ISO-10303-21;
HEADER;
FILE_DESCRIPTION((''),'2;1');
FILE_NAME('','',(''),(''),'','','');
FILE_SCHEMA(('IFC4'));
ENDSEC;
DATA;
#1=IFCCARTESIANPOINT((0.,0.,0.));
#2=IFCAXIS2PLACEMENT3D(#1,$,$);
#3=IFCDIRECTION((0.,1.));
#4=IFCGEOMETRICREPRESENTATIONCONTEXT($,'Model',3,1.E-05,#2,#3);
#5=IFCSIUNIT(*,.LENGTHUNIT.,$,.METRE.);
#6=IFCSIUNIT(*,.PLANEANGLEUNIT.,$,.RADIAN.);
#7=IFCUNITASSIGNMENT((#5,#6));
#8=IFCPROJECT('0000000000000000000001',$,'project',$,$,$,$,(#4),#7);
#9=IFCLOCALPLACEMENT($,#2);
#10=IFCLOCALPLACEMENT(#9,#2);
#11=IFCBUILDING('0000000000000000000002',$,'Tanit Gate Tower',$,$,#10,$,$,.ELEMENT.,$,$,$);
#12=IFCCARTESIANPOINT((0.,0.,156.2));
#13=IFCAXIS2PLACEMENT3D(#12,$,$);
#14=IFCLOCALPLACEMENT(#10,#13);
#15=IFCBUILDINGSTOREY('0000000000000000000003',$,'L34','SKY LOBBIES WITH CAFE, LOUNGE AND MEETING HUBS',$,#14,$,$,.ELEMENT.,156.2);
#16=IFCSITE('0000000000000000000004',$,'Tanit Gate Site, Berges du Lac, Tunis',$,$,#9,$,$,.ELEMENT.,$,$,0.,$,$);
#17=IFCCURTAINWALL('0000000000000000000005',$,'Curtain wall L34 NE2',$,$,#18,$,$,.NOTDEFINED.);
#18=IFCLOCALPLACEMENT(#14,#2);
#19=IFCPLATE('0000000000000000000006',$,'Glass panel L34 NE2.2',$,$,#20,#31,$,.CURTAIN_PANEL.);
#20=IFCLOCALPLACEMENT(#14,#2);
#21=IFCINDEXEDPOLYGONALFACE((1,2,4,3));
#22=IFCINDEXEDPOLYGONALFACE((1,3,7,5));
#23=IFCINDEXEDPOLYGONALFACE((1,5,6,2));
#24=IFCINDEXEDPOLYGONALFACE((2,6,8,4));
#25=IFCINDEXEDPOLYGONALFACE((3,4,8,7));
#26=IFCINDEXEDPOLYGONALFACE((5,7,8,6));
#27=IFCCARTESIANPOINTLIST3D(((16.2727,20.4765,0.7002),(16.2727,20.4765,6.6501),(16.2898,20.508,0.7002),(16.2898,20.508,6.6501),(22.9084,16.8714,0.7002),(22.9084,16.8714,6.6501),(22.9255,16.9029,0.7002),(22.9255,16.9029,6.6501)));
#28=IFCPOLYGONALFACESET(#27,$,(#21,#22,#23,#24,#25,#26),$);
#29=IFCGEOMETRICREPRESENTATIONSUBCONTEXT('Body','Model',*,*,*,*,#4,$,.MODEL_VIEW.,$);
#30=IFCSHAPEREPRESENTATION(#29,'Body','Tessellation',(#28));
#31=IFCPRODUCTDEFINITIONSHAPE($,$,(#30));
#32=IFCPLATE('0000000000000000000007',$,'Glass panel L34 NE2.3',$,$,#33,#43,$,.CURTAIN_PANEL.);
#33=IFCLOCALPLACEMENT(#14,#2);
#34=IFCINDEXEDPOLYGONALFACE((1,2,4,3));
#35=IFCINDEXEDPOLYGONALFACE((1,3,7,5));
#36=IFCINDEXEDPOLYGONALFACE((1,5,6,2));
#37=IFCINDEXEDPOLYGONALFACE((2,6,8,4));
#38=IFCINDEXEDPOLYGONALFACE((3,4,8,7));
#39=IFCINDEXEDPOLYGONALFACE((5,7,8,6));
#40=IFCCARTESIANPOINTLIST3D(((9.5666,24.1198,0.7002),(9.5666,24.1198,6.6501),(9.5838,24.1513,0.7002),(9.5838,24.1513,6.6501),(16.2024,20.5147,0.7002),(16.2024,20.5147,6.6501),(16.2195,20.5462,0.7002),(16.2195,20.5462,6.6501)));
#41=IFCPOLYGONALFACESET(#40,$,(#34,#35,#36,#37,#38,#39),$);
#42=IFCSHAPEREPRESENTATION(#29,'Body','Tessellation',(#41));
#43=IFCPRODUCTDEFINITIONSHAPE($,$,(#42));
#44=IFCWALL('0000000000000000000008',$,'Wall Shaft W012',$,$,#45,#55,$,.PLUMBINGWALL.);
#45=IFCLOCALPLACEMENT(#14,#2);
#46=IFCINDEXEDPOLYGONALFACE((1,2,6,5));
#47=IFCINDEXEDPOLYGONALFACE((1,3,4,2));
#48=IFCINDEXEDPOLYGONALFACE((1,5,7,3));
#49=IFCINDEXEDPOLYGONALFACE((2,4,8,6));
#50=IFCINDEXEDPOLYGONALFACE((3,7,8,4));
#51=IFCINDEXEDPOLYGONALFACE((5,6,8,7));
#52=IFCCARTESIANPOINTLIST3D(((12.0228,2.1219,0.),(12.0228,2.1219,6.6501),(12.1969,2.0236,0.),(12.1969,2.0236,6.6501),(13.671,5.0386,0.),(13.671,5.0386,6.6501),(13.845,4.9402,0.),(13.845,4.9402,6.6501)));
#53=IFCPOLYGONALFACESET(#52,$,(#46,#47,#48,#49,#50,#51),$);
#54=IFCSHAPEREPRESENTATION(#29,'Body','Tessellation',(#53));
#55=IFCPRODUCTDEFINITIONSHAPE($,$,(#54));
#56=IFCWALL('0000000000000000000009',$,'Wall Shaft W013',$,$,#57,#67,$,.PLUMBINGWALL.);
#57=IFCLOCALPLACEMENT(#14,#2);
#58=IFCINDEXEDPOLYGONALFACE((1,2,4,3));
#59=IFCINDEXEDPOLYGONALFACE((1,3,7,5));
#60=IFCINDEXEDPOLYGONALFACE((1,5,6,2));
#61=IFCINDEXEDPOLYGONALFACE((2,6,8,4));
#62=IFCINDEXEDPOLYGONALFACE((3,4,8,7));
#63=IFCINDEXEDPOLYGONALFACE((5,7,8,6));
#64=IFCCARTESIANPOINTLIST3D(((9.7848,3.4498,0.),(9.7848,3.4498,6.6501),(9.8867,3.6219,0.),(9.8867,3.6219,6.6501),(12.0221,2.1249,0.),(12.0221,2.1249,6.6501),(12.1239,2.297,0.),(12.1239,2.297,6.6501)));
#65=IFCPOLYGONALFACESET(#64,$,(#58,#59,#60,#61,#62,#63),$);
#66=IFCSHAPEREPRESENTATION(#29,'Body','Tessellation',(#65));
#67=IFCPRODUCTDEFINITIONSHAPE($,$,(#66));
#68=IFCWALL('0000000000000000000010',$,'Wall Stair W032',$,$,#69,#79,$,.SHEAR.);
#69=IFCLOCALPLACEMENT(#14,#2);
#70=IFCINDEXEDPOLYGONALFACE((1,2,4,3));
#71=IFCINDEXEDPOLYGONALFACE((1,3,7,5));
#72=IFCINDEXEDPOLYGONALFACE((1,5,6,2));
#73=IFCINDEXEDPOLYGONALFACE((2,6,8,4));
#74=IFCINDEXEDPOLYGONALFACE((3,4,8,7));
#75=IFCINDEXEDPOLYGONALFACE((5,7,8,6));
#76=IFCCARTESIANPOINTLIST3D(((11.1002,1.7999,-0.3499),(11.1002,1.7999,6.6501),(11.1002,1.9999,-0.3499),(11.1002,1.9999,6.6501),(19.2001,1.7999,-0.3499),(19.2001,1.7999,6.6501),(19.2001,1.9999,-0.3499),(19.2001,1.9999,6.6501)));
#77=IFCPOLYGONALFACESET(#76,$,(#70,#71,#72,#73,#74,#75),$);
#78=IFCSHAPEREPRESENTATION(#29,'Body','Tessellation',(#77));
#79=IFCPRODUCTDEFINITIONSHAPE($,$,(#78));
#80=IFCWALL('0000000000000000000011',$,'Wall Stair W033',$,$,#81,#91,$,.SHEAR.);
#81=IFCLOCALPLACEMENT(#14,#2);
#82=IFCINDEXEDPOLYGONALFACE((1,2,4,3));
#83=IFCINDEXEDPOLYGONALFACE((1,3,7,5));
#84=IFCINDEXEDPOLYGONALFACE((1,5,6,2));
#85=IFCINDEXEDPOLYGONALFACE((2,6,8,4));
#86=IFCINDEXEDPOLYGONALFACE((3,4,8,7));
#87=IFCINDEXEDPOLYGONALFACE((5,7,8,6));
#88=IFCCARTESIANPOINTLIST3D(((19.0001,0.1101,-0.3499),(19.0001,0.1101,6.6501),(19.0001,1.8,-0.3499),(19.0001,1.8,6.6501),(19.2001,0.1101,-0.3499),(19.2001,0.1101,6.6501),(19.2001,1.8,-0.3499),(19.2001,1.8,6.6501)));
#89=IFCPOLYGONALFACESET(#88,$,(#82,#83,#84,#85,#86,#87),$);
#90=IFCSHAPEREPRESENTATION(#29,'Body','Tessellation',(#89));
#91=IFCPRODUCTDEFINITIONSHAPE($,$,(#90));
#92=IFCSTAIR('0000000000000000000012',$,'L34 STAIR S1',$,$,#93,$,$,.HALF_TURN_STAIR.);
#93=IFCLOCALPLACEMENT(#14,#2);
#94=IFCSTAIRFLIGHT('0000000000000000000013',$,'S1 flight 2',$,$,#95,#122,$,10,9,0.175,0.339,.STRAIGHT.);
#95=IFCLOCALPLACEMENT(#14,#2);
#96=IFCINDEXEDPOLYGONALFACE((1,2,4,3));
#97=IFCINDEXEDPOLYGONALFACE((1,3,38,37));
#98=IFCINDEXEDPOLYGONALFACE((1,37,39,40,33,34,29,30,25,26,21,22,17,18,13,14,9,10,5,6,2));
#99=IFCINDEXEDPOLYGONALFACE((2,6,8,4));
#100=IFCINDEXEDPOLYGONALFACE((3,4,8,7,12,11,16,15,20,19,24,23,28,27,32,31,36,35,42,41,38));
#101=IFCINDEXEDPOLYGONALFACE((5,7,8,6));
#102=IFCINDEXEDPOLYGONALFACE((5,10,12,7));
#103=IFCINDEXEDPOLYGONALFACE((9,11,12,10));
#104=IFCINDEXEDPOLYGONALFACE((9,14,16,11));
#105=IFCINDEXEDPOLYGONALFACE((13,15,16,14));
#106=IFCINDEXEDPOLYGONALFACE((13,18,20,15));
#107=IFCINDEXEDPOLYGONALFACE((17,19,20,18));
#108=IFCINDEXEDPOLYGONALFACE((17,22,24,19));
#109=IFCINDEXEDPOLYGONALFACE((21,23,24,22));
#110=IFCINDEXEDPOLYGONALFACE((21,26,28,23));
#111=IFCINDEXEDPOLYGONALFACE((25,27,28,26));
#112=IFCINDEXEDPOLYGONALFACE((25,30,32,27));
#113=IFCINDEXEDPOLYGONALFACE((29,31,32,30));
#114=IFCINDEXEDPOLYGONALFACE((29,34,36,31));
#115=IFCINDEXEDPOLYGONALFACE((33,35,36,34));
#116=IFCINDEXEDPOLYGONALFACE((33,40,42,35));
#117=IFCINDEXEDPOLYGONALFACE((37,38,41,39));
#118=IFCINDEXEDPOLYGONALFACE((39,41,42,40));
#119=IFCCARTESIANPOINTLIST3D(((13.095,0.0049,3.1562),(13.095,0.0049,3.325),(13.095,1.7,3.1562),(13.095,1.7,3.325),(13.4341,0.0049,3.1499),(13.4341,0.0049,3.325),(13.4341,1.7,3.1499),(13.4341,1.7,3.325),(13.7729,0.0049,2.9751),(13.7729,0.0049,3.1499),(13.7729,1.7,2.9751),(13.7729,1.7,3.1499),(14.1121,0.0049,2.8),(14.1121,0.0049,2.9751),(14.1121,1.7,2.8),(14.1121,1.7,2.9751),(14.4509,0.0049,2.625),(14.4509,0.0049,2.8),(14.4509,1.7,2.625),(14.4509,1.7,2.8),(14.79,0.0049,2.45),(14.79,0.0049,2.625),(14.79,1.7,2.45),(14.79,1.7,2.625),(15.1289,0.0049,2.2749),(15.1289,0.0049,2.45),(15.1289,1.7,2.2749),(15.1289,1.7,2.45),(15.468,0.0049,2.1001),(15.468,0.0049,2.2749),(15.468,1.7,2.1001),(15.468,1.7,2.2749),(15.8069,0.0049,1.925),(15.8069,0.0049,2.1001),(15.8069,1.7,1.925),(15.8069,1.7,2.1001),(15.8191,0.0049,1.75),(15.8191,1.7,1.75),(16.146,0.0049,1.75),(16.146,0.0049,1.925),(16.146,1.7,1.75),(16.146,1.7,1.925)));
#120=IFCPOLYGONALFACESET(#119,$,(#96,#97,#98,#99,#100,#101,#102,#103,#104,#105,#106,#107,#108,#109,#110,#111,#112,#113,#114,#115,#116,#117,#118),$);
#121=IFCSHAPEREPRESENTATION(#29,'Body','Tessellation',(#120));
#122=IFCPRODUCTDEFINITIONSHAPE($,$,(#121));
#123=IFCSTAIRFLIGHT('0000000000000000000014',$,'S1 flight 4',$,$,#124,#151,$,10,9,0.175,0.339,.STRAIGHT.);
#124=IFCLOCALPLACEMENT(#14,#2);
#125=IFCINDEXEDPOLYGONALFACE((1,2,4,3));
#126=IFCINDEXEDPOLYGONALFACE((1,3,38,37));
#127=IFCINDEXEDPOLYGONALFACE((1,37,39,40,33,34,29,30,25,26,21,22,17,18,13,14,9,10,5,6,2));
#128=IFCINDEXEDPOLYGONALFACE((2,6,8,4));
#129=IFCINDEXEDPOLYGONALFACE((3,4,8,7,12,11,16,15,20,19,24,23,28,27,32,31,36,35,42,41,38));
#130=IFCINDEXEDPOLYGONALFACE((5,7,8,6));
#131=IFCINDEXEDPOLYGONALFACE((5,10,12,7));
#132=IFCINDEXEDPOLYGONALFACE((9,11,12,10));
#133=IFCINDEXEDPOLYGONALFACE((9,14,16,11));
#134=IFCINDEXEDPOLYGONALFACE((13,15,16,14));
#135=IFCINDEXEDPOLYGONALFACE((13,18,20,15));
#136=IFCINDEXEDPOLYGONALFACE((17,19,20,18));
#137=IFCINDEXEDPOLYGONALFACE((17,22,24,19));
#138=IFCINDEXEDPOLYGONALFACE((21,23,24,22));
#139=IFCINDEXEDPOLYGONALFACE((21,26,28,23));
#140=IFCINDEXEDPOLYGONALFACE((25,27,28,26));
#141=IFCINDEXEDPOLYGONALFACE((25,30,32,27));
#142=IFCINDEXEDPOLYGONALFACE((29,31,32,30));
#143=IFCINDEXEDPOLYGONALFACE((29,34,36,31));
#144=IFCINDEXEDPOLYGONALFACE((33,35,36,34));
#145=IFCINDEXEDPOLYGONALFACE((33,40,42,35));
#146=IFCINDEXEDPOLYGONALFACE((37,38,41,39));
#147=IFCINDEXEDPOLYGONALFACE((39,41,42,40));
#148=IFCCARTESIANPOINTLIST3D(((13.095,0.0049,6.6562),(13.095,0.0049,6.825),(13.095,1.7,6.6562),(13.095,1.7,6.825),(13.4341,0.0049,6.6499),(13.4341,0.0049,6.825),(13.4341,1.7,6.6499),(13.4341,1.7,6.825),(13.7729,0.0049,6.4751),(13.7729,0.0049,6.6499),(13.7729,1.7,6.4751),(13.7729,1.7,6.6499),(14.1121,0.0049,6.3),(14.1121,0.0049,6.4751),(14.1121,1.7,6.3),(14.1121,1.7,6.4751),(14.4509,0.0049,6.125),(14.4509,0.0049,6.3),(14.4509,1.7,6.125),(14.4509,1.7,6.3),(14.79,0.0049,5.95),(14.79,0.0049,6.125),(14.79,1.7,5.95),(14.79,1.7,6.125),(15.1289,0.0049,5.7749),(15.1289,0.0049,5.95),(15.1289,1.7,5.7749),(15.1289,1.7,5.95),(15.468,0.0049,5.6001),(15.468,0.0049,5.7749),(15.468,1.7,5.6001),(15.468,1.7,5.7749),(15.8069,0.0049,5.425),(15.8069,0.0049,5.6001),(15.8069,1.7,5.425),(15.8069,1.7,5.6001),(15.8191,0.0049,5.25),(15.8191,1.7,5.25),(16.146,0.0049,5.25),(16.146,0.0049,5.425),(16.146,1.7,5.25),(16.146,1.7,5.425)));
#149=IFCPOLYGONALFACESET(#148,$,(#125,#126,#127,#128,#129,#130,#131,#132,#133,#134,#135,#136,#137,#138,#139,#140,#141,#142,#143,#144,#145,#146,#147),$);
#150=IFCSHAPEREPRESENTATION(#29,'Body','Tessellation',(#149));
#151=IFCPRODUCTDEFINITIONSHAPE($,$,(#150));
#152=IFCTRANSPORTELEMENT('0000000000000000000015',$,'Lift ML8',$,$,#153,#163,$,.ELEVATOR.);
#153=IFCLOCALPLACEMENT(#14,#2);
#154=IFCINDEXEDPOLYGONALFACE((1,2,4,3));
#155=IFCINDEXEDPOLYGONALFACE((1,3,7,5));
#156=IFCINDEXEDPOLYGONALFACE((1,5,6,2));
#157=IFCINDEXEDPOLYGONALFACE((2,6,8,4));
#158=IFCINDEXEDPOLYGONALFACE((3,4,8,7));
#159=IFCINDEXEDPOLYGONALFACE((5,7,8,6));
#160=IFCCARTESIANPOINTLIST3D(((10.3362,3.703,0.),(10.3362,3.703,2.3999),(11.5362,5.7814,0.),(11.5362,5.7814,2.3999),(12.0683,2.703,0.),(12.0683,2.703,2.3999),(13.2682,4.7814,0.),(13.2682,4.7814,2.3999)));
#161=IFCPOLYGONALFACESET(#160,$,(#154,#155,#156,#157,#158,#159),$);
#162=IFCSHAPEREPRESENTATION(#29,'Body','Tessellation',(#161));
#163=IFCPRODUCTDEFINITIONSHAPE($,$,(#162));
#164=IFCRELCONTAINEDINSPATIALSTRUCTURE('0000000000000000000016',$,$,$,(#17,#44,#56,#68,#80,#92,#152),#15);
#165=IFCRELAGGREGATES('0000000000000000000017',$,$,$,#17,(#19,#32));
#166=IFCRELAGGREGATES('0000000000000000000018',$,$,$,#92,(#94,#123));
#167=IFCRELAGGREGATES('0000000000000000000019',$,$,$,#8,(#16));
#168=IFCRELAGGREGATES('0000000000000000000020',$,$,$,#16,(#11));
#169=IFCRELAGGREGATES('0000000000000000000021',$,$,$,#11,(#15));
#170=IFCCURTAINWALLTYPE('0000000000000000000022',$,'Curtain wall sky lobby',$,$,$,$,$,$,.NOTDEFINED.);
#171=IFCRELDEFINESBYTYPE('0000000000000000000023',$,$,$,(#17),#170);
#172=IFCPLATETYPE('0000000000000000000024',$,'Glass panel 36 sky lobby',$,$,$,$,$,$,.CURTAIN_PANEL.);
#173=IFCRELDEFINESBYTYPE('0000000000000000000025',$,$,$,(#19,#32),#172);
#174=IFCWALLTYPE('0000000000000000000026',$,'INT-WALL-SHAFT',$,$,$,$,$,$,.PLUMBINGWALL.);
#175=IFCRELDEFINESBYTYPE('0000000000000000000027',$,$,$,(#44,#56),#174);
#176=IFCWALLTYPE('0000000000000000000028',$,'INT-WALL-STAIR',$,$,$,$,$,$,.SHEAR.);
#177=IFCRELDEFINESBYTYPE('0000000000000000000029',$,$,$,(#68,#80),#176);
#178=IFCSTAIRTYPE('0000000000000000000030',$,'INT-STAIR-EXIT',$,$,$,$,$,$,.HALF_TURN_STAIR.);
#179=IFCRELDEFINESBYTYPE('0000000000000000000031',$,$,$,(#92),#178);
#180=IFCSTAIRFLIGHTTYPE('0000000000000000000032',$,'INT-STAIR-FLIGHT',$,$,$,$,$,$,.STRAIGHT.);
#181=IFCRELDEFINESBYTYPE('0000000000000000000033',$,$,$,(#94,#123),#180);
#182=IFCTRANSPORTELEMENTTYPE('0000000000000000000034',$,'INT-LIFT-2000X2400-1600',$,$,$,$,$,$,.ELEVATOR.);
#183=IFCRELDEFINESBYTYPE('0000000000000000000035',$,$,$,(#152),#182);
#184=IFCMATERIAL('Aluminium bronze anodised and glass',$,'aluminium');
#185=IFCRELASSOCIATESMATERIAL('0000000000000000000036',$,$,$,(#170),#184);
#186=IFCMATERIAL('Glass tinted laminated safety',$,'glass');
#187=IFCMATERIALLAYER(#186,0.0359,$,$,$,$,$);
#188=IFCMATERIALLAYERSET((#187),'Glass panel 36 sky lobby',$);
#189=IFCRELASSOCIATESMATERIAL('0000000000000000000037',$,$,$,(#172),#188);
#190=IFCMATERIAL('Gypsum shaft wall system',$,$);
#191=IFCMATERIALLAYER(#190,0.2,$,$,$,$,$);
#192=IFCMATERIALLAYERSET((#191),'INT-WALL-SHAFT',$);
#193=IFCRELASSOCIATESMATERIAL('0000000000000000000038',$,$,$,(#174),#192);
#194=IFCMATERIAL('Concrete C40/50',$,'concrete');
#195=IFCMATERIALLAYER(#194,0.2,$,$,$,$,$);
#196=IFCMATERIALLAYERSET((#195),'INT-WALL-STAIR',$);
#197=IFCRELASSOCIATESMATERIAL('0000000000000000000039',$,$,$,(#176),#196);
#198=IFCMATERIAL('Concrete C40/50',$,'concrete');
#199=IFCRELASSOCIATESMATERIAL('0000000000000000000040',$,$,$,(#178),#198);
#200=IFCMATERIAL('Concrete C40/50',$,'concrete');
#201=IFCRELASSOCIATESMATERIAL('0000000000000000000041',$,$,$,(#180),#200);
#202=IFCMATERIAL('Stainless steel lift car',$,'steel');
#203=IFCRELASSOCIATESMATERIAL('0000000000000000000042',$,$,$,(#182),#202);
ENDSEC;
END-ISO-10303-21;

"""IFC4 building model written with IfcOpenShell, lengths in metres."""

from ifc_helpers import new_model, si_unit, direction, frame, frame_2d, origin, origin_2d, place, context, subcontext, project, spatial, polyline, rectangle, outline, extrude, material, layer, layer_set, type_object, element, aggregate, save


model = new_model("IFC4")

# Units and contexts
model_context = context("Model", 3, precision=1e-05, world=origin(), true_north=direction((0.0, 1.0)))
body_context = subcontext(model_context, "Body", "Model", "MODEL_VIEW")
ifc_project = project(units=[si_unit("LENGTHUNIT", "METRE"), si_unit("PLANEANGLEUNIT", "RADIAN")], contexts=[model_context])

# Site, building, storey
site_placement = place(None, origin())
site = spatial("IfcSite", under=ifc_project, at=site_placement, Name="Tanit Gate Site, Berges du Lac, Tunis", CompositionType="ELEMENT", RefElevation=0.0)
building_placement = place(site_placement, origin())
building = spatial("IfcBuilding", under=site, at=building_placement, Name="Tanit Gate Tower", CompositionType="ELEMENT")
storey_placement = place(building_placement, frame((0.0, 0.0, 156.2)))
storey = spatial("IfcBuildingStorey", under=building, at=storey_placement, Name="L34", Description="SKY LOBBIES WITH CAFE, LOUNGE AND MEETING HUBS", CompositionType="ELEMENT", Elevation=156.2)

# Curtain wall
ifc_material_1 = material(Name="Aluminium bronze anodised and glass", Category="aluminium")
curtain_wall_type = type_object("IfcCurtainWallType", Name="Curtain wall sky lobby", PredefinedType="NOTDEFINED", material=ifc_material_1)
curtain_wall_placement = place(storey_placement, origin())
curtain_wall = element("IfcCurtainWall", 1, at=curtain_wall_placement, inside=storey, type_object=curtain_wall_type, Name="Curtain wall L34 NE2", PredefinedType="NOTDEFINED")

# Plates
ifc_material_2 = material(Name="Glass tinted laminated safety", Category="glass")
ifc_layer_1 = layer(ifc_material_2, 0.0359)
ifc_layer_set_1 = layer_set([ifc_layer_1], Name="Glass panel 36 sky lobby")
plate_type = type_object("IfcPlateType", Name="Glass panel 36 sky lobby", PredefinedType="CURTAIN_PANEL", material=ifc_layer_set_1)
plate_1_placement = place(storey_placement, frame((19.5991, 18.6897, 0.7002), z_axis=(0.0, 0.0, 1.0), x_axis=(-0.878696, 0.477381, 0.0)))
plate_1 = element("IfcPlate", 2, at=plate_1_placement, type_object=plate_type, Name="Glass panel L34 NE2.2", PredefinedType="CURTAIN_PANEL", context=body_context, shape_type="SweptSolid", body=[
    extrude(rectangle(XDim=7.5518, YDim=0.0359, at=origin_2d()), origin(), (0.0, 0.0, 1.0), 5.95),
])
plate_2_placement = place(storey_placement, frame((12.8931, 22.333, 0.7002), z_axis=(0.0, 0.0, 1.0), x_axis=(-0.878696, 0.477381, 0.0)))
plate_2 = element("IfcPlate", 3, at=plate_2_placement, type_object=plate_type, Name="Glass panel L34 NE2.3", PredefinedType="CURTAIN_PANEL", context=body_context, shape_type="SweptSolid", body=[
    extrude(rectangle(XDim=7.5518, YDim=0.0359, at=origin_2d()), origin(), (0.0, 0.0, 1.0), 5.95),
])
aggregate(curtain_wall, [plate_1, plate_2])

# Walls
ifc_material_3 = material(Name="Gypsum shaft wall system")
ifc_layer_2 = layer(ifc_material_3, 0.2)
ifc_layer_set_2 = layer_set([ifc_layer_2], Name="INT-WALL-SHAFT")
wall_type_1 = type_object("IfcWallType", Name="INT-WALL-SHAFT", PredefinedType="PLUMBINGWALL", material=ifc_layer_set_2)
wall_1_placement = place(storey_placement, frame((12.1099, 2.0728, 0.0), z_axis=(0.0, 0.0, 1.0), x_axis=(0.491966, 0.870614, 0.0)))
element("IfcWall", 4, at=wall_1_placement, inside=storey, type_object=wall_type_1, Name="Wall Shaft W012", PredefinedType="PLUMBINGWALL", context=body_context, shape_type="SweptSolid", body=[
    extrude(rectangle(XDim=3.3501, YDim=0.2, at=frame_2d((1.675, 0.0))), origin(), (0.0, 0.0, 1.0), 6.6501),
])
wall_2_placement = place(storey_placement, frame((12.073, 2.2109, 0.0), z_axis=(0.0, 0.0, 1.0), x_axis=(-0.860436, 0.509558, 0.0)))
element("IfcWall", 5, at=wall_2_placement, inside=storey, type_object=wall_type_1, Name="Wall Shaft W013", PredefinedType="PLUMBINGWALL", context=body_context, shape_type="SweptSolid", body=[
    extrude(rectangle(XDim=2.6001, YDim=0.2, at=frame_2d((1.3, 0.0))), origin(), (0.0, 0.0, 1.0), 6.6501),
])
ifc_material_4 = material(Name="Concrete C40/50", Category="concrete")
ifc_layer_3 = layer(ifc_material_4, 0.2)
ifc_layer_set_3 = layer_set([ifc_layer_3], Name="INT-WALL-STAIR")
wall_type_2 = type_object("IfcWallType", Name="INT-WALL-STAIR", PredefinedType="SHEAR", material=ifc_layer_set_3)
wall_3_placement = place(storey_placement, frame((19.2, 1.8999, -0.3499), z_axis=(0.0, 0.0, 1.0), x_axis=(-1.0, 0.0, 0.0)))
element("IfcWall", 6, at=wall_3_placement, inside=storey, type_object=wall_type_2, Name="Wall Stair W032", PredefinedType="SHEAR", context=body_context, shape_type="SweptSolid", body=[
    extrude(rectangle(XDim=8.0999, YDim=0.2, at=frame_2d((4.0498, 0.0))), origin(), (0.0, 0.0, 1.0), 7.0),
])
wall_4_placement = place(storey_placement, frame((19.1001, 0.1101, -0.3499), z_axis=(0.0, 0.0, 1.0), x_axis=(0.0, 1.0, 0.0)))
element("IfcWall", 7, at=wall_4_placement, inside=storey, type_object=wall_type_2, Name="Wall Stair W033", PredefinedType="SHEAR", context=body_context, shape_type="SweptSolid", body=[
    extrude(rectangle(XDim=1.6899, YDim=0.2, at=frame_2d((0.845, 0.0))), origin(), (0.0, 0.0, 1.0), 7.0),
])

# Stair, stair flights
ifc_material_5 = material(Name="Concrete C40/50", Category="concrete")
stair_type = type_object("IfcStairType", Name="INT-STAIR-EXIT", PredefinedType="HALF_TURN_STAIR", material=ifc_material_5)
stair_placement = place(storey_placement, origin())
stair = element("IfcStair", 8, at=stair_placement, inside=storey, type_object=stair_type, Name="L34 STAIR S1", PredefinedType="HALF_TURN_STAIR")
ifc_material_6 = material(Name="Concrete C40/50", Category="concrete")
stair_flight_type = type_object("IfcStairFlightType", Name="INT-STAIR-FLIGHT", PredefinedType="STRAIGHT", material=ifc_material_6)
stair_flight_1_placement = place(storey_placement, frame((16.146, 0.8525, 1.75), z_axis=(0.0, 0.0, 1.0), x_axis=(-1.0, 0.0, 0.0)))
stair_flight_1 = element("IfcStairFlight", 9, at=stair_flight_1_placement, type_object=stair_flight_type, Name="S1 flight 2", NumberOfRisers=10, NumberOfTreads=9, PredefinedType="STRAIGHT", RiserHeight=0.175, TreadLength=0.339, context=body_context, shape_type="SweptSolid", body=[
    extrude(outline(polyline([(0.0, 0.0), (0.0, 0.175), (0.3391, 0.175), (0.3391, 0.3501), (0.678, 0.3501), (0.678, 0.5249), (1.0171, 0.5249), (1.0171, 0.7), (1.356, 0.7), (1.356, 0.875), (1.6951, 0.875), (1.6951, 1.05), (2.0339, 1.05), (2.0339, 1.2251), (2.373, 1.2251), (2.373, 1.3999), (2.7119, 1.3999), (2.7119, 1.575), (3.051, 1.575), (3.051, 1.75), (3.051, 1.4062), (0.3269, 0.0), (0.0, 0.0)])), frame((0.0, 0.8477, 0.0), z_axis=(0.0, -1.0, 0.0), x_axis=(1.0, 0.0, 0.0)), (0.0, 0.0, 1.0), 1.6951),
])
stair_flight_2_placement = place(storey_placement, frame((16.146, 0.8525, 5.25), z_axis=(0.0, 0.0, 1.0), x_axis=(-1.0, 0.0, 0.0)))
stair_flight_2 = element("IfcStairFlight", 10, at=stair_flight_2_placement, type_object=stair_flight_type, Name="S1 flight 4", NumberOfRisers=10, NumberOfTreads=9, PredefinedType="STRAIGHT", RiserHeight=0.175, TreadLength=0.339, context=body_context, shape_type="SweptSolid", body=[
    extrude(outline(polyline([(0.0, 0.0), (0.0, 0.175), (0.3391, 0.175), (0.3391, 0.3501), (0.678, 0.3501), (0.678, 0.5249), (1.0171, 0.5249), (1.0171, 0.7), (1.356, 0.7), (1.356, 0.875), (1.6951, 0.875), (1.6951, 1.05), (2.0339, 1.05), (2.0339, 1.2251), (2.373, 1.2251), (2.373, 1.3999), (2.7119, 1.3999), (2.7119, 1.575), (3.051, 1.575), (3.051, 1.75), (3.051, 1.4062), (0.3269, 0.0), (0.0, 0.0)])), frame((0.0, 0.8477, 0.0), z_axis=(0.0, -1.0, 0.0), x_axis=(1.0, 0.0, 0.0)), (0.0, 0.0, 1.0), 1.6951),
])
aggregate(stair, [stair_flight_1, stair_flight_2])

# Transport element
ifc_material_7 = material(Name="Stainless steel lift car", Category="steel")
transport_element_type = type_object("IfcTransportElementType", Name="INT-LIFT-2000X2400-1600", PredefinedType="ELEVATOR", material=ifc_material_7)
transport_element_placement = place(storey_placement, frame((11.8022, 4.2422, 0.0), z_axis=(0.0, 0.0, 1.0), x_axis=(-0.866025, 0.5, 0.0)))
element("IfcTransportElement", 11, at=transport_element_placement, inside=storey, type_object=transport_element_type, Name="Lift ML8", PredefinedType="ELEVATOR", context=body_context, shape_type="SweptSolid", body=[
    extrude(rectangle(XDim=2.0, YDim=2.3999, at=origin_2d()), origin(), (0.0, 0.0, 1.0), 2.3999),
])

save(model, "model.ifc")
